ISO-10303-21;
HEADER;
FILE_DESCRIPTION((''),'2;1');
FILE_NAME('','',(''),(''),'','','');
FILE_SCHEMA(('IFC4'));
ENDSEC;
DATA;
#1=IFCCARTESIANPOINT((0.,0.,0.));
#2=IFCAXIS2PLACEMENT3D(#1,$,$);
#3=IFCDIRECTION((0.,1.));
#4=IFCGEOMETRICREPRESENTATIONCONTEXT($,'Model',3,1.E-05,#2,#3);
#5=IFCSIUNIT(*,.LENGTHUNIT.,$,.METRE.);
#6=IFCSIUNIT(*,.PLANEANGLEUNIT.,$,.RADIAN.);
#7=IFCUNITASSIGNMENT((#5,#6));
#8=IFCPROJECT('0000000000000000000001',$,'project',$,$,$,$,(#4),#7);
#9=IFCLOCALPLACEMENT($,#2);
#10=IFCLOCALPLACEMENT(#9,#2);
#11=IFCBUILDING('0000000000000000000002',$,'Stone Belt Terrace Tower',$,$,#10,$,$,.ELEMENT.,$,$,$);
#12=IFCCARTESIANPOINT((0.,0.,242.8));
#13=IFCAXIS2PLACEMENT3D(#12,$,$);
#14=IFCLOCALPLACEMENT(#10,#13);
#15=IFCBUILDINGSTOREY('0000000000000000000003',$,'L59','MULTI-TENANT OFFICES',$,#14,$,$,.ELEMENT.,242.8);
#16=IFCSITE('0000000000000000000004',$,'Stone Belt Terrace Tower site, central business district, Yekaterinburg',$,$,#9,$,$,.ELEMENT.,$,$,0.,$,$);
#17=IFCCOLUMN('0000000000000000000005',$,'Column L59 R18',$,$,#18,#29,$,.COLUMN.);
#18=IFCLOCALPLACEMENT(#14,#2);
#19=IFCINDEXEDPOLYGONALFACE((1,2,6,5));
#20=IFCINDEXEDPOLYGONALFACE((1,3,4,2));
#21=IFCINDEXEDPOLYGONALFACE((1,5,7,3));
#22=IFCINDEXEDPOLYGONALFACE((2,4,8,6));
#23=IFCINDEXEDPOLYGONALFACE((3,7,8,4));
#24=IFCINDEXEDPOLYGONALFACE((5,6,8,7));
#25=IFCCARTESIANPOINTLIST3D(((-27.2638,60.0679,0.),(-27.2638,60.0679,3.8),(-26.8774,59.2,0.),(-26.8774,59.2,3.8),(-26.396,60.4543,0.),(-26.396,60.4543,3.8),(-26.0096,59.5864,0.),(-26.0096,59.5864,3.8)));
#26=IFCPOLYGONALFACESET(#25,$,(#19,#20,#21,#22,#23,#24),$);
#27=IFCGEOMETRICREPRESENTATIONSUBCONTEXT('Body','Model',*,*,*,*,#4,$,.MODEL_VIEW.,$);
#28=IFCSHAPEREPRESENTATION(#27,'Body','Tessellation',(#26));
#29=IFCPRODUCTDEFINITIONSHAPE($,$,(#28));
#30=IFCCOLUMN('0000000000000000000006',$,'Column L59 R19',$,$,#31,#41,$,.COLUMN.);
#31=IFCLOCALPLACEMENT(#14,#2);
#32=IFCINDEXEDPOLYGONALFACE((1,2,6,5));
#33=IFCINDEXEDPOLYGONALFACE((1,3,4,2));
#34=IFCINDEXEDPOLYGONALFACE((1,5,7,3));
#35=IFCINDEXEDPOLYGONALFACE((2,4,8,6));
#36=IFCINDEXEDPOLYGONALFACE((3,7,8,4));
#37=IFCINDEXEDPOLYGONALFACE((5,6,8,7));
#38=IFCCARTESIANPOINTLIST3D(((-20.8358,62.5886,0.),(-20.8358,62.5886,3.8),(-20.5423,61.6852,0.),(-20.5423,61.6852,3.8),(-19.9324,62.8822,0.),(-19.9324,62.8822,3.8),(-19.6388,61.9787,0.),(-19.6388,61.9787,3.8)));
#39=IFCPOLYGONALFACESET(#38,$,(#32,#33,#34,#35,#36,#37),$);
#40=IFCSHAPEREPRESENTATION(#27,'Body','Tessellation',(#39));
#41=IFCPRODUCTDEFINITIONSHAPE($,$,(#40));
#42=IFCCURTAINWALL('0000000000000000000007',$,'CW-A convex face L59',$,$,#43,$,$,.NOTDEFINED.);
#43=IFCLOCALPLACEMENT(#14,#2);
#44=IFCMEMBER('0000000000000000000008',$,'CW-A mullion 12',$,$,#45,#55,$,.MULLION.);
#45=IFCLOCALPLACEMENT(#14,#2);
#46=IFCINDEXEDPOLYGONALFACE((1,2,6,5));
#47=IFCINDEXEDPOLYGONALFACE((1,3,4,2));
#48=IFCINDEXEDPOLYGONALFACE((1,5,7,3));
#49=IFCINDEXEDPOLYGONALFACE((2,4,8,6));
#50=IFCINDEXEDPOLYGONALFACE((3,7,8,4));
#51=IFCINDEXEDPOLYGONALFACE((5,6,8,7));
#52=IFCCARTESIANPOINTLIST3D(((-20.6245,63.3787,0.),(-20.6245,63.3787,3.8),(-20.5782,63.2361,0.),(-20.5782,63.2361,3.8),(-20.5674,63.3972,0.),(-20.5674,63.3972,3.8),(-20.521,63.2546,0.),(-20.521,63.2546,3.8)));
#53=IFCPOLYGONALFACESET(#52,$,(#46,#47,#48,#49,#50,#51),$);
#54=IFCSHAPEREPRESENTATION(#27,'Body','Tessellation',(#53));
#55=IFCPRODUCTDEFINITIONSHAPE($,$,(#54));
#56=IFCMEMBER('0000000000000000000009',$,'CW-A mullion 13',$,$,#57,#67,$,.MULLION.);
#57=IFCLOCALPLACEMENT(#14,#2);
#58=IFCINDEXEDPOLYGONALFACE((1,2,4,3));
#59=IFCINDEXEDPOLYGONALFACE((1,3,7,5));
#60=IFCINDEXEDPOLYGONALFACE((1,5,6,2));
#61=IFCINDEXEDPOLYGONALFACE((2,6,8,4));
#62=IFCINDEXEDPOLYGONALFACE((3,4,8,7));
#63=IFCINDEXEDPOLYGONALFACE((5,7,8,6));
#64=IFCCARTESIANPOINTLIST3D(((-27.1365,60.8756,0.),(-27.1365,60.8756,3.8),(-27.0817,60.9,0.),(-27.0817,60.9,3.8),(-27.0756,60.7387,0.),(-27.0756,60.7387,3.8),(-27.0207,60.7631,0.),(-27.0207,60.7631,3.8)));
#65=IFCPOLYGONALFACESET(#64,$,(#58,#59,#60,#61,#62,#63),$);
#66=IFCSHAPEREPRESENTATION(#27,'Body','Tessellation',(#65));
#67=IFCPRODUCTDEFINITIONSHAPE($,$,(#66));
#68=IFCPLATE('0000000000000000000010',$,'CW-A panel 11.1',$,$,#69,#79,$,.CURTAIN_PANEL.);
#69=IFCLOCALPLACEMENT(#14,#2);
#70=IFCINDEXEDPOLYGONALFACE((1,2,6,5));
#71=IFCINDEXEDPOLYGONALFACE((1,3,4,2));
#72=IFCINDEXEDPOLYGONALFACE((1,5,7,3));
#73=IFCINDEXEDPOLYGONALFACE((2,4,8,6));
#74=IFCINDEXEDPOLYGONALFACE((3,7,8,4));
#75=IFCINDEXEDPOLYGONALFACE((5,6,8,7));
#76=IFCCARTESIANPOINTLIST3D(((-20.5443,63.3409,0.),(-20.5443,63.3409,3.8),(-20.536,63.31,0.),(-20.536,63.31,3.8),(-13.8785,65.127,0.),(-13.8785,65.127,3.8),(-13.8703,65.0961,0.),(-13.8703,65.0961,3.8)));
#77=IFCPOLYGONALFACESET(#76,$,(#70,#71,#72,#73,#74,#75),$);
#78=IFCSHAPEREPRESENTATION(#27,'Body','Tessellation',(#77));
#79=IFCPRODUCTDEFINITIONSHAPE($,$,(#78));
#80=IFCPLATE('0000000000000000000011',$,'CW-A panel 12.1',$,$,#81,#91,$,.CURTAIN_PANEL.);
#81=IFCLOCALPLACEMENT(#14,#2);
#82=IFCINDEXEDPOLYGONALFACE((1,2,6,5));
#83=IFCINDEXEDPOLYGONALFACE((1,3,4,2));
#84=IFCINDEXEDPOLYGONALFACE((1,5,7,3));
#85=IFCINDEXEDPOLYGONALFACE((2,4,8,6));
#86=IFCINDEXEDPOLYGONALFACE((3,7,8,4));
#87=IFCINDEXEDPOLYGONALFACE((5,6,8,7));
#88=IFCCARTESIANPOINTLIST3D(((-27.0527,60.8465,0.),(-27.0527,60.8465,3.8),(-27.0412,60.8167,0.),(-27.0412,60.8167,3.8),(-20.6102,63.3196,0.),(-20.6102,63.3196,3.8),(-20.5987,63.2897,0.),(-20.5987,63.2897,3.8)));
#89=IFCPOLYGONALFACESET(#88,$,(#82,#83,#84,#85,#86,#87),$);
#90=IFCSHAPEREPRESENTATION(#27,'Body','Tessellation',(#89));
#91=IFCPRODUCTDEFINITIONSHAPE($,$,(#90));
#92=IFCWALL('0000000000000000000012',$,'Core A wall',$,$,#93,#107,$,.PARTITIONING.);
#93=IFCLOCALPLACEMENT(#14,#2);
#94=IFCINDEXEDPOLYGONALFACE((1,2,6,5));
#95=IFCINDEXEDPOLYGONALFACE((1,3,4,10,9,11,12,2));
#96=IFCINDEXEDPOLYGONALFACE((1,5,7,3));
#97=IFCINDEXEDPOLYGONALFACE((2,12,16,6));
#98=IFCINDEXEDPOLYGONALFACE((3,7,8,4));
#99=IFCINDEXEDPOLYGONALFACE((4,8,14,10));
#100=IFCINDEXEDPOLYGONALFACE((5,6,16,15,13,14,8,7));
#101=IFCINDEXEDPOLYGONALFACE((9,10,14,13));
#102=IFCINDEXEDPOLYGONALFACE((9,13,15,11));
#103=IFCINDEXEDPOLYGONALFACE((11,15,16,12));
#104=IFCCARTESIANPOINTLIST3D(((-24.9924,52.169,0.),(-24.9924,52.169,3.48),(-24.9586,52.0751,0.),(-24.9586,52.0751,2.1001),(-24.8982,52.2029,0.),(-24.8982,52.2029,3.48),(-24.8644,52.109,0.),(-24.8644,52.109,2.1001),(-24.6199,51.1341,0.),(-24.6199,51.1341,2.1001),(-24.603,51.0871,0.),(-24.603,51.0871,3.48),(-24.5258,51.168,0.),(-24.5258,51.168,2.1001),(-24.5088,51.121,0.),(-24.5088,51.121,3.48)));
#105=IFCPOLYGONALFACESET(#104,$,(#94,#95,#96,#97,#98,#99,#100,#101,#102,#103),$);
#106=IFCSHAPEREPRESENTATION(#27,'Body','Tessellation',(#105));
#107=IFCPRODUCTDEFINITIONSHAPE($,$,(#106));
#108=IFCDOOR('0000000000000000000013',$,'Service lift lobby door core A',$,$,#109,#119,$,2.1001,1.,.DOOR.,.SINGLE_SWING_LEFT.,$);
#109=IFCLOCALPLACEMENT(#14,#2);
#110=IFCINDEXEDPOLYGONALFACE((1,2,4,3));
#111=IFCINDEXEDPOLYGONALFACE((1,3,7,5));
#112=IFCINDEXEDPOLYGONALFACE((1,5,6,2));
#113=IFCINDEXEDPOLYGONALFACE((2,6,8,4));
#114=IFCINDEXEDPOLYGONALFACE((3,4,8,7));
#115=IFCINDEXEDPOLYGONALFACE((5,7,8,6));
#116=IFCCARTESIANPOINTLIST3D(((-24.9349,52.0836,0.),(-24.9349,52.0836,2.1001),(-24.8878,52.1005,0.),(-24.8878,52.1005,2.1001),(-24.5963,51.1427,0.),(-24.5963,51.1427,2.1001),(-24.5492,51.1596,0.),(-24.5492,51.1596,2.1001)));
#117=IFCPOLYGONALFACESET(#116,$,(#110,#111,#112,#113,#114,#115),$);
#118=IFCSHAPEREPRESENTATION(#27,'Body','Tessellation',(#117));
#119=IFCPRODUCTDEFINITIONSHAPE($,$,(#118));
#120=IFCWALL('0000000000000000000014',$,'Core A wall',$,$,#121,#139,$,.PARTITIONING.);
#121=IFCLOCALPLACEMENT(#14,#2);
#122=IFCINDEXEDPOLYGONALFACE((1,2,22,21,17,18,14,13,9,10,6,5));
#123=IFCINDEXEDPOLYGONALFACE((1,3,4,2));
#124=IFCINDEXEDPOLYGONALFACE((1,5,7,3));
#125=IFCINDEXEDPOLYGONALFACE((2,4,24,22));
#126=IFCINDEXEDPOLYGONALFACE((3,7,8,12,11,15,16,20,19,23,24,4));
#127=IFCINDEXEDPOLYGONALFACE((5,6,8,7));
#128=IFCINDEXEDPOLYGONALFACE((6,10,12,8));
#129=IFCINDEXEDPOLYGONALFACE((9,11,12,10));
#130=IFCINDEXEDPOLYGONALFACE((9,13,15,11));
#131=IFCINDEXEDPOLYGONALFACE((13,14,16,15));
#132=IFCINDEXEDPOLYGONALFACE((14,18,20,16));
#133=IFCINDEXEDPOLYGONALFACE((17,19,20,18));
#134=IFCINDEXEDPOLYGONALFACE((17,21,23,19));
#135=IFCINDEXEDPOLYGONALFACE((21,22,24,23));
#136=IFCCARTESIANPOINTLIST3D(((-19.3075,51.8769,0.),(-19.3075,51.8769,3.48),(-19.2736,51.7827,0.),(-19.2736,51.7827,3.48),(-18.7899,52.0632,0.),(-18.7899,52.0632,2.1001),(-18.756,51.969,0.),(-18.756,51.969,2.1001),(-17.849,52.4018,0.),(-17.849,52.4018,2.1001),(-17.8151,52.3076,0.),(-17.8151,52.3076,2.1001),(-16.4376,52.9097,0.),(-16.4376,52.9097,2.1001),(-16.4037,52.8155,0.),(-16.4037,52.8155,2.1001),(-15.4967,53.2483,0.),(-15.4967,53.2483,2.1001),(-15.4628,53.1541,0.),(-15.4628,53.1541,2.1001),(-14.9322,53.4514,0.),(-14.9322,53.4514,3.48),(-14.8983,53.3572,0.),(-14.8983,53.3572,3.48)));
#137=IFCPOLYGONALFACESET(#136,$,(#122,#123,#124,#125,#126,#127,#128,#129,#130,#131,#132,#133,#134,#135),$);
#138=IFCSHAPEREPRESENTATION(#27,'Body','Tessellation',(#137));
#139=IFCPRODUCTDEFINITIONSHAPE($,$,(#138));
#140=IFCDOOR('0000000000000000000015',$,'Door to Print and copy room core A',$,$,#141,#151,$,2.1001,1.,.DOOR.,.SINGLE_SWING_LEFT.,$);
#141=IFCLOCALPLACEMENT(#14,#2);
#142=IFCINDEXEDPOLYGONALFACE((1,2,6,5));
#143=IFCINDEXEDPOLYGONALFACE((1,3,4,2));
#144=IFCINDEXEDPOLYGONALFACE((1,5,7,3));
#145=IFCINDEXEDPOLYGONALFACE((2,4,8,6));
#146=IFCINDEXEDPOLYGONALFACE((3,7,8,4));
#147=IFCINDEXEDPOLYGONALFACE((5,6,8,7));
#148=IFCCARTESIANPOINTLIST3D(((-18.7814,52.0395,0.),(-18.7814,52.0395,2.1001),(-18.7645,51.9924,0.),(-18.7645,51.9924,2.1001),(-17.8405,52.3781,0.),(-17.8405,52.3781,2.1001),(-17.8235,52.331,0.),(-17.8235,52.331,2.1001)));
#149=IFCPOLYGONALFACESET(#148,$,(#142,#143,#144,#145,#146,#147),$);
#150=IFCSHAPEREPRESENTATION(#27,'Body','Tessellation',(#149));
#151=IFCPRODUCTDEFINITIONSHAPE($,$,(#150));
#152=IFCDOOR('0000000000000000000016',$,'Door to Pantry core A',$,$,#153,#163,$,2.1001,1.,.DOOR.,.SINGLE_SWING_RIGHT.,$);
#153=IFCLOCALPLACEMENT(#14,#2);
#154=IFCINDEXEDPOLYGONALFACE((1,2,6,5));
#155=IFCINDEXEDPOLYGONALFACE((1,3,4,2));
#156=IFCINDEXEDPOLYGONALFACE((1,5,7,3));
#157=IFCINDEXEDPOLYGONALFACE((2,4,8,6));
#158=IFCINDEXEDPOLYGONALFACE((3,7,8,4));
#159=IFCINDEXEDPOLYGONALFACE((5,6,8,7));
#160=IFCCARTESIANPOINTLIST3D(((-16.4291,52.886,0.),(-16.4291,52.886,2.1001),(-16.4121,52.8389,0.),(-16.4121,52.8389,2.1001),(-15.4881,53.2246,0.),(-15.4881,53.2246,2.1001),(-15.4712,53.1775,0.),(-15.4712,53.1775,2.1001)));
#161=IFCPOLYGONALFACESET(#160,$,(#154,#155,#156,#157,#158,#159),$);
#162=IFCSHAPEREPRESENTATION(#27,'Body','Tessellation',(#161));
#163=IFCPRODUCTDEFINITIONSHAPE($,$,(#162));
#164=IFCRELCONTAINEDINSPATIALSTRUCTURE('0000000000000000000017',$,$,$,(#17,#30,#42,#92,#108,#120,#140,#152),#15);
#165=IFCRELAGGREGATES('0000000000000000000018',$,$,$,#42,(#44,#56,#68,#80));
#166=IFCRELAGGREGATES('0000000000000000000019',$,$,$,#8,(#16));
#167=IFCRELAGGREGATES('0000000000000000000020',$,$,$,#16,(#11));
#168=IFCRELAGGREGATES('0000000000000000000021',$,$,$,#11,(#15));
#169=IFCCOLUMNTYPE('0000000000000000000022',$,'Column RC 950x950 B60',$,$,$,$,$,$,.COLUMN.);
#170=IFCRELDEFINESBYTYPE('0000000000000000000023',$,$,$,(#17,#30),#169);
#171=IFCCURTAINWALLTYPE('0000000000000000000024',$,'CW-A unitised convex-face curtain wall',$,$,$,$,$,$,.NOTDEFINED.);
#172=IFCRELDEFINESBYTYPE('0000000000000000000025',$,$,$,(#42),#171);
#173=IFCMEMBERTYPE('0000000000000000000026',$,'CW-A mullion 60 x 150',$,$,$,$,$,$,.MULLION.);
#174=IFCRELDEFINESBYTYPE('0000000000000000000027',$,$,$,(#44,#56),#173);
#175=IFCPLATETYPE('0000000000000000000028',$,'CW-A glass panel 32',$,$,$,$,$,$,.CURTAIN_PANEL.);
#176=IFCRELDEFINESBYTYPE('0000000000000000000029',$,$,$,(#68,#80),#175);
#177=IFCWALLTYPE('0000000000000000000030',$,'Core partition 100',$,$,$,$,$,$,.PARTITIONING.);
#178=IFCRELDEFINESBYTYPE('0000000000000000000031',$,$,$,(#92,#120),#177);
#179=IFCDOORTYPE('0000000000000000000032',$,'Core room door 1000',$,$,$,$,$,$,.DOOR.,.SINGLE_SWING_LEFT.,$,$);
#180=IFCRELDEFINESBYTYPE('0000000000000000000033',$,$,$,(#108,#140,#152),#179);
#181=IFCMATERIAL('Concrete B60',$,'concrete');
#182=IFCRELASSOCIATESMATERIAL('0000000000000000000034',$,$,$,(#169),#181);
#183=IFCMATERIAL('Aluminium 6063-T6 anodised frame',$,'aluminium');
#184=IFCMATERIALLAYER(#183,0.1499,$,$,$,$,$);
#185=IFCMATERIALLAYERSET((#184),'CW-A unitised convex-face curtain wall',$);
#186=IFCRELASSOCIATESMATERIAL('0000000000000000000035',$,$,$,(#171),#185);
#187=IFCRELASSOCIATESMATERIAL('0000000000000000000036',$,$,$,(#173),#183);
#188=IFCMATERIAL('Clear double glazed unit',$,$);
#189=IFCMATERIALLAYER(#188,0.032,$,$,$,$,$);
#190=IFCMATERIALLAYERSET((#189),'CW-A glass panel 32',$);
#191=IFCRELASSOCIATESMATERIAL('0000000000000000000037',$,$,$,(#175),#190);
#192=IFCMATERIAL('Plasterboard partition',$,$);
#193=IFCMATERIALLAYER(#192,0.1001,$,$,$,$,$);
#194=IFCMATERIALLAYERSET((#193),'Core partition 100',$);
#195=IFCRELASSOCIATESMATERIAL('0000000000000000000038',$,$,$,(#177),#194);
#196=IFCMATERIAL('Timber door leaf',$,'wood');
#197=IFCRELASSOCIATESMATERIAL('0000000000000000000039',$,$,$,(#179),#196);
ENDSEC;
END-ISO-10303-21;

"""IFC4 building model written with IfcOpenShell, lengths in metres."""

from ifc_helpers import new_model, si_unit, direction, frame, frame_2d, origin, origin_2d, place, context, subcontext, project, spatial, rectangle, extrude, material, layer, layer_set, material_profile, profile_set, type_object, element, fill, aggregate, save


model = new_model("IFC4")

# Units and contexts
model_context = context("Model", 3, precision=1e-05, world=origin(), true_north=direction((0.0, 1.0)))
body_context = subcontext(model_context, "Body", "Model", "MODEL_VIEW")
ifc_project = project(units=[si_unit("LENGTHUNIT", "METRE"), si_unit("PLANEANGLEUNIT", "RADIAN")], contexts=[model_context])

# Site, building, storey
site_placement = place(None, origin())
site = spatial("IfcSite", under=ifc_project, at=site_placement, Name="Stone Belt Terrace Tower site, central business district, Yekaterinburg", CompositionType="ELEMENT", RefElevation=0.0)
building_placement = place(site_placement, origin())
building = spatial("IfcBuilding", under=site, at=building_placement, Name="Stone Belt Terrace Tower", CompositionType="ELEMENT")
storey_placement = place(building_placement, frame((0.0, 0.0, 242.8)))
storey = spatial("IfcBuildingStorey", under=building, at=storey_placement, Name="L59", Description="MULTI-TENANT OFFICES", CompositionType="ELEMENT", Elevation=242.8)

# Columns
ifc_material_1 = material(Name="Concrete B60", Category="concrete")
ifc_material_profile_1 = material_profile(ifc_material_1, rectangle(XDim=0.95, YDim=0.95, at=origin_2d()), Name="RC 950x950")
ifc_profile_set_1 = profile_set([ifc_material_profile_1], Name="Concrete B60")
column_type = type_object("IfcColumnType", Name="Column RC 950x950 B60", PredefinedType="COLUMN", material=ifc_profile_set_1)
for number, where, z_axis, x_axis, name in (
    (1, (-26.6367, 59.8271, 0.0), (0.0, 0.0, 1.0), (0.913545, 0.406737, 0.0), "Column L59 R18"),
    (2, (-20.2373, 62.2837, 0.0), (0.0, 0.0, 1.0), (0.951057, 0.309017, 0.0), "Column L59 R19"),
):
    element("IfcColumn", number, at=place(storey_placement, frame(where, z_axis=z_axis, x_axis=x_axis)), inside=storey, type_object=column_type, Name=name, PredefinedType="COLUMN", context=body_context, shape_type="SweptSolid", body=[
        extrude(rectangle(XDim=0.95, YDim=0.95, at=origin_2d()), origin(), (0.0, 0.0, 1.0), 3.8),
    ])

# Curtain wall, members, plates
ifc_material_2 = material(Name="Aluminium 6063-T6 anodised frame", Category="aluminium")
ifc_layer_1 = layer(ifc_material_2, 0.1499)
ifc_layer_set_1 = layer_set([ifc_layer_1], Name="CW-A unitised convex-face curtain wall")
curtain_wall_type = type_object("IfcCurtainWallType", Name="CW-A unitised convex-face curtain wall", PredefinedType="NOTDEFINED", material=ifc_layer_set_1)
curtain_wall_placement = place(storey_placement, origin())
curtain_wall = element("IfcCurtainWall", 3, at=curtain_wall_placement, inside=storey, type_object=curtain_wall_type, Name="CW-A convex face L59", PredefinedType="NOTDEFINED")
ifc_material_profile_2 = material_profile(ifc_material_2, rectangle(XDim=0.1499, YDim=0.0601, at=origin_2d()), Name="Aluminium 6063-T6 60x150")
ifc_profile_set_2 = profile_set([ifc_material_profile_2], Name="Aluminium 6063-T6 anodised frame")
member_type = type_object("IfcMemberType", Name="CW-A mullion 60 x 150", PredefinedType="MULLION", material=ifc_profile_set_2)
member_1_placement = place(storey_placement, frame((-20.5728, 63.3167, 0.0), z_axis=(0.0, 0.0, 1.0), x_axis=(0.309017, -0.951057, 0.0)))
member_1 = element("IfcMember", 4, at=member_1_placement, type_object=member_type, Name="CW-A mullion 12", PredefinedType="MULLION", context=body_context, shape_type="SweptSolid", body=[
    extrude(rectangle(XDim=0.1499, YDim=0.0601, at=origin_2d()), origin(), (0.0, 0.0, 1.0), 3.8),
])
member_2_placement = place(storey_placement, frame((-27.0786, 60.8193, 0.0), z_axis=(0.0, 0.0, 1.0), x_axis=(0.406737, -0.913545, 0.0)))
member_2 = element("IfcMember", 5, at=member_2_placement, type_object=member_type, Name="CW-A mullion 13", PredefinedType="MULLION", context=body_context, shape_type="SweptSolid", body=[
    extrude(rectangle(XDim=0.1499, YDim=0.0601, at=origin_2d()), origin(), (0.0, 0.0, 1.0), 3.8),
])
ifc_material_3 = material(Name="Clear double glazed unit")
ifc_layer_2 = layer(ifc_material_3, 0.032)
ifc_layer_set_2 = layer_set([ifc_layer_2], Name="CW-A glass panel 32")
plate_type = type_object("IfcPlateType", Name="CW-A glass panel 32", PredefinedType="CURTAIN_PANEL", material=ifc_layer_set_2)
plate_1_placement = place(storey_placement, frame((-17.2073, 64.2185, 0.0), z_axis=(0.0, 0.0, 1.0), x_axis=(-0.965926, -0.258819, 0.0)))
plate_1 = element("IfcPlate", 6, at=plate_1_placement, type_object=plate_type, Name="CW-A panel 11.1", PredefinedType="CURTAIN_PANEL", context=body_context, shape_type="SweptSolid", body=[
    extrude(rectangle(XDim=6.9009, YDim=0.032, at=origin_2d()), origin(), (0.0, 0.0, 1.0), 3.8),
])
plate_2_placement = place(storey_placement, frame((-23.8257, 62.0681, 0.0), z_axis=(0.0, 0.0, 1.0), x_axis=(-0.93358, -0.358368, 0.0)))
plate_2 = element("IfcPlate", 7, at=plate_2_placement, type_object=plate_type, Name="CW-A panel 12.1", PredefinedType="CURTAIN_PANEL", context=body_context, shape_type="SweptSolid", body=[
    extrude(rectangle(XDim=6.9009, YDim=0.032, at=origin_2d()), origin(), (0.0, 0.0, 1.0), 3.8),
])
aggregate(curtain_wall, [member_1, member_2, plate_1, plate_2])

# Wall, opening, door
ifc_material_4 = material(Name="Plasterboard partition")
ifc_layer_3 = layer(ifc_material_4, 0.1001)
ifc_layer_set_3 = layer_set([ifc_layer_3], Name="Core partition 100")
wall_type_1 = type_object("IfcWallType", Name="Core partition 100", PredefinedType="PARTITIONING", material=ifc_layer_set_3)
wall_1_placement = place(storey_placement, frame((-24.5559, 51.104, 0.0), z_axis=(0.0, 0.0, 1.0), x_axis=(-0.338622, 0.940923, 0.0)))
wall_1 = element("IfcWall", 8, at=wall_1_placement, inside=storey, type_object=wall_type_1, Name="Core A wall", PredefinedType="PARTITIONING", context=body_context, shape_type="SweptSolid", body=[
    extrude(rectangle(XDim=1.1499, YDim=0.1001, at=frame_2d((0.575, 0.0))), origin(), (0.0, 0.0, 1.0), 3.48),
])
opening_1_placement = place(wall_1_placement, frame((0.05, 0.0, 0.0)))
opening_1 = element("IfcOpeningElement", 9, at=opening_1_placement, cuts=wall_1, PredefinedType="OPENING", context=body_context, shape_type="SweptSolid", body=[
    extrude(rectangle(XDim=1.0, YDim=2.1001, at=frame_2d((0.5, 1.05))), frame((0.0, 0.0601, 0.0), z_axis=(0.0, -1.0, 0.0), x_axis=(1.0, 0.0, 0.0)), (0.0, 0.0, 1.0), 0.1201),
])
ifc_material_5 = material(Name="Timber door leaf", Category="wood")
door_type_1 = type_object("IfcDoorType", Name="Core room door 1000", OperationType="SINGLE_SWING_LEFT", PredefinedType="DOOR", material=ifc_material_5)
door_1_placement = place(opening_1_placement, origin())
door_1 = element("IfcDoor", 10, at=door_1_placement, inside=storey, type_object=door_type_1, Name="Service lift lobby door core A", OperationType="SINGLE_SWING_LEFT", OverallHeight=2.1001, OverallWidth=1.0, PredefinedType="DOOR", context=body_context, shape_type="SweptSolid", body=[
    extrude(rectangle(XDim=1.0, YDim=2.1001, at=frame_2d((0.5, 1.05))), frame((0.0, 0.0249, 0.0), z_axis=(0.0, -1.0, 0.0), x_axis=(1.0, 0.0, 0.0)), (0.0, 0.0, 1.0), 0.05),
])
fill(opening_1, door_1)

# Wall, openings, doors
wall_2_placement = place(storey_placement, frame((-19.2905, 51.8298, 0.0), z_axis=(0.0, 0.0, 1.0), x_axis=(0.94093, 0.3386, 0.0)))
wall_2 = element("IfcWall", 11, at=wall_2_placement, inside=storey, type_object=wall_type_1, Name="Core A wall", PredefinedType="PARTITIONING", context=body_context, shape_type="SweptSolid", body=[
    extrude(rectangle(XDim=4.6499, YDim=0.1001, at=frame_2d((2.325, 0.0))), origin(), (0.0, 0.0, 1.0), 3.48),
])
opening_2_placement = place(wall_2_placement, frame((0.55, 0.0, 0.0)))
opening_2 = element("IfcOpeningElement", 12, at=opening_2_placement, cuts=wall_2, PredefinedType="OPENING", context=body_context, shape_type="SweptSolid", body=[
    extrude(rectangle(XDim=1.0, YDim=2.1001, at=frame_2d((0.5, 1.05))), frame((0.0, 0.0601, 0.0), z_axis=(0.0, -1.0, 0.0), x_axis=(1.0, 0.0, 0.0)), (0.0, 0.0, 1.0), 0.1201),
])
opening_3_placement = place(wall_2_placement, frame((3.05, 0.0, 0.0)))
opening_3 = element("IfcOpeningElement", 13, at=opening_3_placement, cuts=wall_2, PredefinedType="OPENING", context=body_context, shape_type="SweptSolid", body=[
    extrude(rectangle(XDim=1.0, YDim=2.1001, at=frame_2d((0.5, 1.05))), frame((0.0, 0.0601, 0.0), z_axis=(0.0, -1.0, 0.0), x_axis=(1.0, 0.0, 0.0)), (0.0, 0.0, 1.0), 0.1201),
])
door_2_placement = place(opening_2_placement, origin())
door_2 = element("IfcDoor", 14, at=door_2_placement, inside=storey, type_object=door_type_1, Name="Door to Print and copy room core A", OperationType="SINGLE_SWING_LEFT", OverallHeight=2.1001, OverallWidth=1.0, PredefinedType="DOOR", context=body_context, shape_type="SweptSolid", body=[
    extrude(rectangle(XDim=1.0, YDim=2.1001, at=frame_2d((0.5, 1.05))), frame((0.0, 0.0249, 0.0), z_axis=(0.0, -1.0, 0.0), x_axis=(1.0, 0.0, 0.0)), (0.0, 0.0, 1.0), 0.05),
])
fill(opening_2, door_2)
door_3_placement = place(opening_3_placement, origin())
door_3 = element("IfcDoor", 15, at=door_3_placement, inside=storey, type_object=door_type_1, Name="Door to Pantry core A", OperationType="SINGLE_SWING_RIGHT", OverallHeight=2.1001, OverallWidth=1.0, PredefinedType="DOOR", context=body_context, shape_type="SweptSolid", body=[
    extrude(rectangle(XDim=1.0, YDim=2.1001, at=frame_2d((0.5, 1.05))), frame((0.0, 0.0249, 0.0), z_axis=(0.0, -1.0, 0.0), x_axis=(1.0, 0.0, 0.0)), (0.0, 0.0, 1.0), 0.05),
])
fill(opening_3, door_3)

save(model, "model.ifc")
